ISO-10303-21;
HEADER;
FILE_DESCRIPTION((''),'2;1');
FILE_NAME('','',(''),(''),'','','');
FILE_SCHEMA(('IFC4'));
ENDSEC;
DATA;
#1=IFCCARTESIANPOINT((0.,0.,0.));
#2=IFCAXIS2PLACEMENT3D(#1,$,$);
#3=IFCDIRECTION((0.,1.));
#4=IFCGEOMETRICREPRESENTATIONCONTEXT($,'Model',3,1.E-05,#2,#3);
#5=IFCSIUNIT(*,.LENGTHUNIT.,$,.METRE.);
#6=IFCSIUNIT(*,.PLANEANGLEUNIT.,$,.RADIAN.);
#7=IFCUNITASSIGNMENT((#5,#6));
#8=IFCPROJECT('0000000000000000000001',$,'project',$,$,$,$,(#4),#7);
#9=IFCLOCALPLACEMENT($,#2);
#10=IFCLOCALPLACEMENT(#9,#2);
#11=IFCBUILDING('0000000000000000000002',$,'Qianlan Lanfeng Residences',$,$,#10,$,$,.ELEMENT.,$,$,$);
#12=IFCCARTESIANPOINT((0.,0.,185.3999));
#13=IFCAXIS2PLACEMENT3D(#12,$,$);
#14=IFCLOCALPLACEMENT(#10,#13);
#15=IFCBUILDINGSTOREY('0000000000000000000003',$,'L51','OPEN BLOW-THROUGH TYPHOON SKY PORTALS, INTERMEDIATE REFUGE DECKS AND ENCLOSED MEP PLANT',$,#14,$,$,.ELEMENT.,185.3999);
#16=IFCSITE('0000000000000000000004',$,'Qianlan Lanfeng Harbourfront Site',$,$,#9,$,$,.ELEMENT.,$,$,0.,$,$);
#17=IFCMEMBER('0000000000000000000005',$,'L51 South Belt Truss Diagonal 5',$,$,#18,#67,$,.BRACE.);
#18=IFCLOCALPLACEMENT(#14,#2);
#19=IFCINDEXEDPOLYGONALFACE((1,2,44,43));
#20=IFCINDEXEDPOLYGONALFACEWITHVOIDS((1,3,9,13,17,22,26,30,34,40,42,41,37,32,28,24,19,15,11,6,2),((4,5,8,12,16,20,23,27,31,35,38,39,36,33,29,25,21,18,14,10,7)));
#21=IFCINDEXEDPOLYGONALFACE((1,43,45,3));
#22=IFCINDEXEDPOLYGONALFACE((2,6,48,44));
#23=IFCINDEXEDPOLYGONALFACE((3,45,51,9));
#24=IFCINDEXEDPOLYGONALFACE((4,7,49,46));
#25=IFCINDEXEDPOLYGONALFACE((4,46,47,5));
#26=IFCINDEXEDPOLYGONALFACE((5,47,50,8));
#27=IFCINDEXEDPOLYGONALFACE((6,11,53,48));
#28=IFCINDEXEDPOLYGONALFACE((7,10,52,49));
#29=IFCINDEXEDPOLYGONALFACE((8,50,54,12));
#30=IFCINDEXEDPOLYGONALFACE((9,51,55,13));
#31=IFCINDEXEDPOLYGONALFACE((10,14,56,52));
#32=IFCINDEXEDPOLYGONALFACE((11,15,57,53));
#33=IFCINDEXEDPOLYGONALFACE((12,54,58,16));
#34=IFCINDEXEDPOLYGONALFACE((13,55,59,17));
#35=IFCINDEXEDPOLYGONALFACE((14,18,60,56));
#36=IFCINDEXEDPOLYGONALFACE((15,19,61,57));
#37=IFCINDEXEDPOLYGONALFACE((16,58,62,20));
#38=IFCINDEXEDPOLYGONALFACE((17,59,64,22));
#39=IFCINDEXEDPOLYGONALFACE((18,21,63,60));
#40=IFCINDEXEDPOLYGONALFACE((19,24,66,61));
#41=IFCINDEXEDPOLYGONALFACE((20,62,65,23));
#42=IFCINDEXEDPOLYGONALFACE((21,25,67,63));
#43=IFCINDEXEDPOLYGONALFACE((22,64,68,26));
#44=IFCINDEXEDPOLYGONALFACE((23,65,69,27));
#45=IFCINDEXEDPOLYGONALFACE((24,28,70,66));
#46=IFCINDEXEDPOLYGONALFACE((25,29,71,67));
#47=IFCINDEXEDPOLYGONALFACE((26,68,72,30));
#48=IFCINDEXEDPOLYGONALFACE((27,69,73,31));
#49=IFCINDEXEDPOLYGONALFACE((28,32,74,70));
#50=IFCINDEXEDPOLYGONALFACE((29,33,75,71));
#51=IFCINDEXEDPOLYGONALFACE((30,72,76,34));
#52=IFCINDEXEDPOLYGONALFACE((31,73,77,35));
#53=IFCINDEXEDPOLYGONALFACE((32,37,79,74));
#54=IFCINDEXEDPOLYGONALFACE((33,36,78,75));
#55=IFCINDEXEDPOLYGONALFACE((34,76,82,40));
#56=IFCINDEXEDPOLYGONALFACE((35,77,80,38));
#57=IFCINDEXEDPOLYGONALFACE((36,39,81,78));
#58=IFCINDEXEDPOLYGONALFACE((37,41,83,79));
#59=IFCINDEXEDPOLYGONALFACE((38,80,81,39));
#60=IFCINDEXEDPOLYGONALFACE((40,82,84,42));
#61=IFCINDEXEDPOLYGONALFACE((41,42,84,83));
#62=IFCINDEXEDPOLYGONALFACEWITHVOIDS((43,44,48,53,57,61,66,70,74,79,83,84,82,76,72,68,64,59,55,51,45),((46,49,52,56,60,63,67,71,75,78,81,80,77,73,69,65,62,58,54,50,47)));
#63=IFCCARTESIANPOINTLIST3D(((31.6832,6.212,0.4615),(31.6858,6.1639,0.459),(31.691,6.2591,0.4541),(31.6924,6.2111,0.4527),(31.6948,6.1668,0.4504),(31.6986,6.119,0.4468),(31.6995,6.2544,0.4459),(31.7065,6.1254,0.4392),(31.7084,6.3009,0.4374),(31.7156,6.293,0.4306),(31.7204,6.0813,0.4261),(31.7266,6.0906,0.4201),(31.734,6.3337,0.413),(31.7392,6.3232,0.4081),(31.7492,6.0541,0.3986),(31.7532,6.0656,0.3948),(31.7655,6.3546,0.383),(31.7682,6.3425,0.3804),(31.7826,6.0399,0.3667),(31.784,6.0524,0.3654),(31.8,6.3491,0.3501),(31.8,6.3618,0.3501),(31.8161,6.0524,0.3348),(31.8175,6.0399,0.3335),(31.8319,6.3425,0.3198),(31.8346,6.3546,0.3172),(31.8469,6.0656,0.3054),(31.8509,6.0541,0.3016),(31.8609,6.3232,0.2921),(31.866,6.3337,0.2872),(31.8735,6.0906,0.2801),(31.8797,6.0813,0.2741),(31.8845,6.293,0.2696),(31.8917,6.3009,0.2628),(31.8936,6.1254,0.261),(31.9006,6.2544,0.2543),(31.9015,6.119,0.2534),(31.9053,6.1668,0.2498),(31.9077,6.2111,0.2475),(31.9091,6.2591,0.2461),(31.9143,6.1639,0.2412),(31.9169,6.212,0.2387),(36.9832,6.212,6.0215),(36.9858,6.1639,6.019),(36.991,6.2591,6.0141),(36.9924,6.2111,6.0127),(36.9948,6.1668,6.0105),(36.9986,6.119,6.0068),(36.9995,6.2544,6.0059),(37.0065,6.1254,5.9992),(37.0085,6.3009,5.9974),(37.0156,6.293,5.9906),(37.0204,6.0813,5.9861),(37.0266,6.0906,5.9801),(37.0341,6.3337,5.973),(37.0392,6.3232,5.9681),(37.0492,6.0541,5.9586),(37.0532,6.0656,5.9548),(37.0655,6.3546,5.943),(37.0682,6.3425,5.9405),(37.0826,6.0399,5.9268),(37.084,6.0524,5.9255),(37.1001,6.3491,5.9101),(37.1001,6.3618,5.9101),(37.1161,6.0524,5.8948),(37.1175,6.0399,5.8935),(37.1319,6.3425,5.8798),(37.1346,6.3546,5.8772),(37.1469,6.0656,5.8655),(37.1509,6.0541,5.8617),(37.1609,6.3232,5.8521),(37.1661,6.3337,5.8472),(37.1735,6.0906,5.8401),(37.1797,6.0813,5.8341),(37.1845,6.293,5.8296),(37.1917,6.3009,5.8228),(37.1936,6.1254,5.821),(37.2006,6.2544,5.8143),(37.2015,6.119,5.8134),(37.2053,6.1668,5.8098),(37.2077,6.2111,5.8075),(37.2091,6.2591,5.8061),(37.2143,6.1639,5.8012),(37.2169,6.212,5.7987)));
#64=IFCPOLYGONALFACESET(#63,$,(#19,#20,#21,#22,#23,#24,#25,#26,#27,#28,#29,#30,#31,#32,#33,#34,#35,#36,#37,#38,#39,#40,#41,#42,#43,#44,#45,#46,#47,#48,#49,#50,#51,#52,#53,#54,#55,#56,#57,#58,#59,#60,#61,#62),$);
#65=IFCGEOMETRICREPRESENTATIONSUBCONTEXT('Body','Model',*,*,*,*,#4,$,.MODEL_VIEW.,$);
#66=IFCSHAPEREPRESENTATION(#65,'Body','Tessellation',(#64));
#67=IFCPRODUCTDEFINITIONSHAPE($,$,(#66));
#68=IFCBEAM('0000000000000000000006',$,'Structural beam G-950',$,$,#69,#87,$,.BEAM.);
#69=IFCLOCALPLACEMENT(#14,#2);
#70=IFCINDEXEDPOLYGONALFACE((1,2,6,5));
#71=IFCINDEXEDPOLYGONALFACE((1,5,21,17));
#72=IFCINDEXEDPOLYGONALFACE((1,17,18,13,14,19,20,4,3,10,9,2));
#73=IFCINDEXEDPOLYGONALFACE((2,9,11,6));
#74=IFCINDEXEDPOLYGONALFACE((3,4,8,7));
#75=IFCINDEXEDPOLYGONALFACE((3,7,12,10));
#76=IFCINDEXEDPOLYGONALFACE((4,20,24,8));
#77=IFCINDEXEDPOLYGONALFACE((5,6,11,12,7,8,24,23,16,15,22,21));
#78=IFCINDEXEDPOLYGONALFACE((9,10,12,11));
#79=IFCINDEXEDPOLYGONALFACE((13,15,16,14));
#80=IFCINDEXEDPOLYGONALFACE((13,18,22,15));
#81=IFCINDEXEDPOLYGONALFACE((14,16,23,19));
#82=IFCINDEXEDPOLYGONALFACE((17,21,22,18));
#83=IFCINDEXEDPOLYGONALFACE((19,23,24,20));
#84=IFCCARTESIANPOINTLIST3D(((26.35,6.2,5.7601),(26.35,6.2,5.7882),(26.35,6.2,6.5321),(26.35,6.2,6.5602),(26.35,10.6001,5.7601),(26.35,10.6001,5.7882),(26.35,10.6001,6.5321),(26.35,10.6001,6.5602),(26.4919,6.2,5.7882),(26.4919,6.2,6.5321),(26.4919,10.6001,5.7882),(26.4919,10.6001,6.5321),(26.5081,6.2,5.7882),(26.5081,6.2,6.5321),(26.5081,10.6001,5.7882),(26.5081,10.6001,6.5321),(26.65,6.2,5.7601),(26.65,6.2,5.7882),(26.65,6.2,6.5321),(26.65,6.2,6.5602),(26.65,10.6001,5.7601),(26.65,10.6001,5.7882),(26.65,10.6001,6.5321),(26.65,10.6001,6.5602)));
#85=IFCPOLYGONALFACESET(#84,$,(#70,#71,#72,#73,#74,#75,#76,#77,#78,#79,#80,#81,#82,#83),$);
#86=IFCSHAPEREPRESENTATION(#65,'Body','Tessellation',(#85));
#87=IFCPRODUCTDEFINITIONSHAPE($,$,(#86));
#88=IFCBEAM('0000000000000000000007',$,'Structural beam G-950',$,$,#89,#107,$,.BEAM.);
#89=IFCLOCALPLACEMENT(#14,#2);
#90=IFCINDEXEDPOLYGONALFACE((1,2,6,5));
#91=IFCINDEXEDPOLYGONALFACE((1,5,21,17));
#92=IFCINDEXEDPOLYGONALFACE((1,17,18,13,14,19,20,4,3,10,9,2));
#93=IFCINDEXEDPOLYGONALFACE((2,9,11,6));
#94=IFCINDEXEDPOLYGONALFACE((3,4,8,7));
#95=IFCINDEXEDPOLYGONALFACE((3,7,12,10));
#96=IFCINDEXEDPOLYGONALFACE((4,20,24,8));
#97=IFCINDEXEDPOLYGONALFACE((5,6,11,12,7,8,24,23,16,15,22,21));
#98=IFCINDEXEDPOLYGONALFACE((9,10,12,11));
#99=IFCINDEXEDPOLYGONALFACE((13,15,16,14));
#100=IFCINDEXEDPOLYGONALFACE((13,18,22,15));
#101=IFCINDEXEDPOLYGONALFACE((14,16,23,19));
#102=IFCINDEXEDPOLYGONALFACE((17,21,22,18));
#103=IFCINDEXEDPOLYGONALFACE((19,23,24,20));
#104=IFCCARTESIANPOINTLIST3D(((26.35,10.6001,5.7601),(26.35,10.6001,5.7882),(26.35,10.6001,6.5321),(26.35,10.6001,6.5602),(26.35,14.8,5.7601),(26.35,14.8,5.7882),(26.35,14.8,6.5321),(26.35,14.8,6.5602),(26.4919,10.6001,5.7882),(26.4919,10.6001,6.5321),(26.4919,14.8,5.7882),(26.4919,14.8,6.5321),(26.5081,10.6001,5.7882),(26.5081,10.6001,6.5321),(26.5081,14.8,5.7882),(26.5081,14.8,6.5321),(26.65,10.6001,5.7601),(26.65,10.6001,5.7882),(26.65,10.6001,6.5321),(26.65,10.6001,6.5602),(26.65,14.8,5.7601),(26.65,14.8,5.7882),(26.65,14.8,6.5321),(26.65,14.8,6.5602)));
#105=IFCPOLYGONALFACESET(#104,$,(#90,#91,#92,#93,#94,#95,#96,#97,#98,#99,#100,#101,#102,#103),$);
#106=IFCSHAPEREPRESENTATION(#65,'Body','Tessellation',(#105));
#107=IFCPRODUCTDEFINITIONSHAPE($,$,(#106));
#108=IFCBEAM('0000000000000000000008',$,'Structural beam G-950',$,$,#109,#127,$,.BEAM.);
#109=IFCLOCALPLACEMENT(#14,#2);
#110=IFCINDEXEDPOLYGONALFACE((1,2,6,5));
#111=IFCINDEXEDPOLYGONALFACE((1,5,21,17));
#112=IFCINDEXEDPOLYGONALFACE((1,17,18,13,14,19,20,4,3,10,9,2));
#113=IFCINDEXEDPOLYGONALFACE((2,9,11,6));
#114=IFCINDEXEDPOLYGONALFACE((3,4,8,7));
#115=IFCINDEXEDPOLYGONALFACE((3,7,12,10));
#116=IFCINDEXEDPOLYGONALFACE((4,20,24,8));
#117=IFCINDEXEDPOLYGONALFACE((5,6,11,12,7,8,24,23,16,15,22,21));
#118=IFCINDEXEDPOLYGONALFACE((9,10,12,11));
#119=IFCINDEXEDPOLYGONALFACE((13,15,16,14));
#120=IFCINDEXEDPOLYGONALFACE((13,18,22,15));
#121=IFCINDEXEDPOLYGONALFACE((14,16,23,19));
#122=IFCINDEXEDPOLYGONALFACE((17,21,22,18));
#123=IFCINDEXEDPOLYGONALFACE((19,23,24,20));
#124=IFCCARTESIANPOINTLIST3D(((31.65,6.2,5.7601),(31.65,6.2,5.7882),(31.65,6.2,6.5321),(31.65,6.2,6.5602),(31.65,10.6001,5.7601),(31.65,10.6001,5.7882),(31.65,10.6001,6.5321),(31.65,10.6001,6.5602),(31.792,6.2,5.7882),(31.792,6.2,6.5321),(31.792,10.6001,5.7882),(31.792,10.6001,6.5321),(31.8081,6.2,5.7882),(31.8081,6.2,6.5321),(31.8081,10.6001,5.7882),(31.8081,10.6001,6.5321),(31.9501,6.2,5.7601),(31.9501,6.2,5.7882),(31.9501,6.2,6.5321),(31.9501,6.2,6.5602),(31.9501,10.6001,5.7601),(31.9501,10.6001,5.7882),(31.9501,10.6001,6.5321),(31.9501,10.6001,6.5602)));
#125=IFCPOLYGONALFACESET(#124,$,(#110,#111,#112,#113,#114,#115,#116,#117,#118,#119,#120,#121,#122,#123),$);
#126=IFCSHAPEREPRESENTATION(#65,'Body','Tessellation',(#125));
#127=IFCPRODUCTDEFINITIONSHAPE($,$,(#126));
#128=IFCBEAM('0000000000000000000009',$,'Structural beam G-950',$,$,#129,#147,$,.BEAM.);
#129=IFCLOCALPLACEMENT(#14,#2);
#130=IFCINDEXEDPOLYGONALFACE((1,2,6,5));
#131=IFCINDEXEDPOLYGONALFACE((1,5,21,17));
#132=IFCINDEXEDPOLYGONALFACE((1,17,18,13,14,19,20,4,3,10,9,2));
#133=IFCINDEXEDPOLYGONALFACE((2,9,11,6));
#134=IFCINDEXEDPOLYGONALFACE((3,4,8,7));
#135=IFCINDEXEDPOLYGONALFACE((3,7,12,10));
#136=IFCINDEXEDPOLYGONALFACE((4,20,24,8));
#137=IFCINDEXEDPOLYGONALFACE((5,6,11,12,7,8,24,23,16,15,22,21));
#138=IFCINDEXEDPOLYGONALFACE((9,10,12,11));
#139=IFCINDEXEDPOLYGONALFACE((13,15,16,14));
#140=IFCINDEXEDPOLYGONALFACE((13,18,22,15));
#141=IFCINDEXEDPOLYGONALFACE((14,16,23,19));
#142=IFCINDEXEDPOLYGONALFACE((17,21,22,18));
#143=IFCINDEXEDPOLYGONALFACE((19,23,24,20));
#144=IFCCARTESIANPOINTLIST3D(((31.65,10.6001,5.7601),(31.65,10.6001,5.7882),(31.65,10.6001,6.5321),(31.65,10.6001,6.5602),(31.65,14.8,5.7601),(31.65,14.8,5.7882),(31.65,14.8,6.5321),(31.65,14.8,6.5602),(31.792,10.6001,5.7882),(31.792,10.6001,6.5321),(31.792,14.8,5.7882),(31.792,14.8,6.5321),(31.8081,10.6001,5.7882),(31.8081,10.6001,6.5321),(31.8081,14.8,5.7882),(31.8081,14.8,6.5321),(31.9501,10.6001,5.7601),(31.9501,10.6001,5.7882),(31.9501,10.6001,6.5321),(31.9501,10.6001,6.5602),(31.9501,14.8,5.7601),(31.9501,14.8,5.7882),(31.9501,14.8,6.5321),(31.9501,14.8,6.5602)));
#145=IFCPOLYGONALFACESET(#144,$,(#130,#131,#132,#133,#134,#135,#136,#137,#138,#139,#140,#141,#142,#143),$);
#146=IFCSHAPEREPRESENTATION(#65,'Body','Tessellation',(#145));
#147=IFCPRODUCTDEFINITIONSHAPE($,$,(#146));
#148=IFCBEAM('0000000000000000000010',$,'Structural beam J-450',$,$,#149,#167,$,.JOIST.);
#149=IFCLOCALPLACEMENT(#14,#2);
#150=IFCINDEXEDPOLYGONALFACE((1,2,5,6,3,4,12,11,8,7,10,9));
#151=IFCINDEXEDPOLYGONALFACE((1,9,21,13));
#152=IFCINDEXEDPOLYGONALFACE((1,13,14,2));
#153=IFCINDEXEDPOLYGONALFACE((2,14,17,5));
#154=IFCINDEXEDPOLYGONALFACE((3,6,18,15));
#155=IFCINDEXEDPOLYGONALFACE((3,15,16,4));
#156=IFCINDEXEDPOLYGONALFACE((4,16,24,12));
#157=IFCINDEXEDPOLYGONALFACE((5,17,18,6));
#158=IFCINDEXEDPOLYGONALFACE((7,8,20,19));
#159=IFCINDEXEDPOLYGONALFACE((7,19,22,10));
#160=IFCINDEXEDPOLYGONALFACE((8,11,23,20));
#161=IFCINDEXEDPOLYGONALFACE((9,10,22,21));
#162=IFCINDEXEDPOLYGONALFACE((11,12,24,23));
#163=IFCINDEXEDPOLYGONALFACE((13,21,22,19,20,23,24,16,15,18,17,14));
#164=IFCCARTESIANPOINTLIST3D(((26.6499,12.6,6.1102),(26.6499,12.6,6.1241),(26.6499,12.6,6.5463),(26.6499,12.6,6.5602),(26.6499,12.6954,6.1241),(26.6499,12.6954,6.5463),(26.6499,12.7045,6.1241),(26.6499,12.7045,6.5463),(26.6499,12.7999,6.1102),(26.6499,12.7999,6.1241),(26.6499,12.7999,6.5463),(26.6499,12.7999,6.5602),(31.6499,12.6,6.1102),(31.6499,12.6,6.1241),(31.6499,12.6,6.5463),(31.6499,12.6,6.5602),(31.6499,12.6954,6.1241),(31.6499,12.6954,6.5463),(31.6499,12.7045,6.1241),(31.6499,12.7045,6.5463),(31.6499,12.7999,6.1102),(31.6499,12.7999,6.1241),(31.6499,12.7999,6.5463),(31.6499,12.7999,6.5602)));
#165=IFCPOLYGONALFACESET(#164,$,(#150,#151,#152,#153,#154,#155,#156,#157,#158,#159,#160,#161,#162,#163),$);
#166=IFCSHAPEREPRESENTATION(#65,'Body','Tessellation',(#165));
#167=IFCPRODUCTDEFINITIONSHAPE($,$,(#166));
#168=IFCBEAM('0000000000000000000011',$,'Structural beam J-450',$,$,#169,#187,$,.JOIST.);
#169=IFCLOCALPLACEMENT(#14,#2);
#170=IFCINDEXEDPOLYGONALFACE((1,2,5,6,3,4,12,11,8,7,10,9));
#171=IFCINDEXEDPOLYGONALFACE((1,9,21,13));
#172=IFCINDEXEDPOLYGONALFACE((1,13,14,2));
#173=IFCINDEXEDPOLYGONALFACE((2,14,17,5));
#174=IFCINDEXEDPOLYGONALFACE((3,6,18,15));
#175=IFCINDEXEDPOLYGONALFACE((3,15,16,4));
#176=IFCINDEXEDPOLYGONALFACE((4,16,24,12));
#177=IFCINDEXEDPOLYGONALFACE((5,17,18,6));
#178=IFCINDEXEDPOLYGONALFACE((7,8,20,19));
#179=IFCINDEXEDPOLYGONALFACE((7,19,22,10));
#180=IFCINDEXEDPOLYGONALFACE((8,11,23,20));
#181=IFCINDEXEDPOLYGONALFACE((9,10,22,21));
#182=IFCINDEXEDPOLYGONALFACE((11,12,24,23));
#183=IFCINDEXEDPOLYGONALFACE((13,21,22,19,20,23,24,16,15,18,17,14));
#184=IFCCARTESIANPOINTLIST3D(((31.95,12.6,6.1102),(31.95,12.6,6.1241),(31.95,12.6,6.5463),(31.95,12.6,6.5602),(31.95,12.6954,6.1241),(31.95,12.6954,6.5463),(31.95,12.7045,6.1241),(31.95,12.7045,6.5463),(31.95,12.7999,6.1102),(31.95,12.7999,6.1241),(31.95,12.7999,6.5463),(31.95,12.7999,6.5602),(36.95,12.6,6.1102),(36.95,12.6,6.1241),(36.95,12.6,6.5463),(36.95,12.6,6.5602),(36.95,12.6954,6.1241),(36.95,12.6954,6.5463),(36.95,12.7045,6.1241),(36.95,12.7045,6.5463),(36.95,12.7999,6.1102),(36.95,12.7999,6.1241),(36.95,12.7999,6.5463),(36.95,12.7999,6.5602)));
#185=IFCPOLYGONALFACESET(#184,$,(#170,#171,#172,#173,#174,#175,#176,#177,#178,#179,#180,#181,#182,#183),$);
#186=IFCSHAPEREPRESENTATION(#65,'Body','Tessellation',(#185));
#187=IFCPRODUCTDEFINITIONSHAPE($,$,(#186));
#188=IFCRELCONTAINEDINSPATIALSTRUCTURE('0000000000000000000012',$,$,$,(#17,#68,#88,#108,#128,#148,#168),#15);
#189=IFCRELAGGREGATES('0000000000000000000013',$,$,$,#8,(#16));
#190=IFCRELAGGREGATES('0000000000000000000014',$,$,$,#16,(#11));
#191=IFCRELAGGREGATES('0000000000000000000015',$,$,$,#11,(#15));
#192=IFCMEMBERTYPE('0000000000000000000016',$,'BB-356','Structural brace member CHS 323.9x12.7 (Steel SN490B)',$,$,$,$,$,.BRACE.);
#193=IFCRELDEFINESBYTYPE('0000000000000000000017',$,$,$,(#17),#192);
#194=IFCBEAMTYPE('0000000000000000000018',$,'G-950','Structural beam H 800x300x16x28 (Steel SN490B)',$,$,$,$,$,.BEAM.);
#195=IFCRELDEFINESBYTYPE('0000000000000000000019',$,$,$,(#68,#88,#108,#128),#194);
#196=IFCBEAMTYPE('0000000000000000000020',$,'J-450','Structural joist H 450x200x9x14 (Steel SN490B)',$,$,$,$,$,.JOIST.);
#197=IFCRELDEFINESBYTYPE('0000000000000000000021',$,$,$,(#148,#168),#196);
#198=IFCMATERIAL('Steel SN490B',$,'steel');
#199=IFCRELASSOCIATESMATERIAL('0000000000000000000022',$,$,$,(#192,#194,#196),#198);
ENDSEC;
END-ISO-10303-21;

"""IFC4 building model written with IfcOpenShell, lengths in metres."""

from ifc_helpers import new_model, si_unit, direction, frame, origin, origin_2d, place, context, subcontext, project, spatial, hollow_circle, i_section, extrude, material, material_profile, profile_set, type_object, element, save


model = new_model("IFC4")

# Units and contexts
model_context = context("Model", 3, precision=1e-05, world=origin(), true_north=direction((0.0, 1.0)))
body_context = subcontext(model_context, "Body", "Model", "MODEL_VIEW")
ifc_project = project(units=[si_unit("LENGTHUNIT", "METRE"), si_unit("PLANEANGLEUNIT", "RADIAN")], contexts=[model_context])

# Site, building, storey
site_placement = place(None, origin())
site = spatial("IfcSite", under=ifc_project, at=site_placement, Name="Qianlan Lanfeng Harbourfront Site", CompositionType="ELEMENT", RefElevation=0.0)
building_placement = place(site_placement, origin())
building = spatial("IfcBuilding", under=site, at=building_placement, Name="Qianlan Lanfeng Residences", CompositionType="ELEMENT")
storey_placement = place(building_placement, frame((0.0, 0.0, 185.3999)))
storey = spatial("IfcBuildingStorey", under=building, at=storey_placement, Name="L51", Description="OPEN BLOW-THROUGH TYPHOON SKY PORTALS, INTERMEDIATE REFUGE DECKS AND ENCLOSED MEP PLANT", CompositionType="ELEMENT", Elevation=185.3999)

# Shared definitions
ifc_material_1 = material(Name="Steel SN490B", Category="steel")

# Member
ifc_material_profile_1 = material_profile(ifc_material_1, hollow_circle(Radius=0.1619, WallThickness=0.0127, at=origin_2d()), Name="CHS 323.9x12.7")
ifc_profile_set_1 = profile_set([ifc_material_profile_1], Name="Steel SN490B")
member_type_1 = type_object("IfcMemberType", Name="BB-356", Description="Structural brace member CHS 323.9x12.7 (Steel SN490B)", PredefinedType="BRACE", material=ifc_profile_set_1)
for number, where, z_axis, x_axis, name in (
    (1, (31.8, 6.2, 0.3501), (0.68998, 0.0, 0.723829), (0.0, 1.0, 0.0), "L51 South Belt Truss Diagonal 5"),
):
    element("IfcMember", number, at=place(storey_placement, frame(where, z_axis=z_axis, x_axis=x_axis)), inside=storey, type_object=member_type_1, Name=name, PredefinedType="BRACE", context=body_context, shape_type="SweptSolid", body=[
        extrude(hollow_circle(Radius=0.1619, WallThickness=0.0127, at=origin_2d()), origin(), (0.0, 0.0, 1.0), 7.6814),
    ])

# Beams
ifc_material_profile_2 = material_profile(ifc_material_1, i_section(OverallWidth=0.3, OverallDepth=0.8, WebThickness=0.0161, FlangeThickness=0.0281, at=origin_2d()), Name="H 800x300x16x28")
ifc_profile_set_2 = profile_set([ifc_material_profile_2], Name="Steel SN490B")
beam_type_1 = type_object("IfcBeamType", Name="G-950", Description="Structural beam H 800x300x16x28 (Steel SN490B)", PredefinedType="BEAM", material=ifc_profile_set_2)
beam_1_placement = place(storey_placement, frame((26.5, 6.2, 6.1602), z_axis=(0.0, 1.0, 0.0), x_axis=(-1.0, 0.0, 0.0)))
element("IfcBeam", 2, at=beam_1_placement, inside=storey, type_object=beam_type_1, Name="Structural beam G-950", PredefinedType="BEAM", context=body_context, shape_type="SweptSolid", body=[
    extrude(i_section(OverallWidth=0.3, OverallDepth=0.8, WebThickness=0.0161, FlangeThickness=0.0281, at=origin_2d()), origin(), (0.0, 0.0, 1.0), 4.4001),
])
beam_2_placement = place(storey_placement, frame((26.5, 10.6001, 6.1602), z_axis=(0.0, 1.0, 0.0), x_axis=(-1.0, 0.0, 0.0)))
element("IfcBeam", 3, at=beam_2_placement, inside=storey, type_object=beam_type_1, Name="Structural beam G-950", PredefinedType="BEAM", context=body_context, shape_type="SweptSolid", body=[
    extrude(i_section(OverallWidth=0.3, OverallDepth=0.8, WebThickness=0.0161, FlangeThickness=0.0281, at=origin_2d()), origin(), (0.0, 0.0, 1.0), 4.2),
])
beam_3_placement = place(storey_placement, frame((31.8, 6.2, 6.1602), z_axis=(0.0, 1.0, 0.0), x_axis=(-1.0, 0.0, 0.0)))
element("IfcBeam", 4, at=beam_3_placement, inside=storey, type_object=beam_type_1, Name="Structural beam G-950", PredefinedType="BEAM", context=body_context, shape_type="SweptSolid", body=[
    extrude(i_section(OverallWidth=0.3, OverallDepth=0.8, WebThickness=0.0161, FlangeThickness=0.0281, at=origin_2d()), origin(), (0.0, 0.0, 1.0), 4.4001),
])
beam_4_placement = place(storey_placement, frame((31.8, 10.6001, 6.1602), z_axis=(0.0, 1.0, 0.0), x_axis=(-1.0, 0.0, 0.0)))
element("IfcBeam", 5, at=beam_4_placement, inside=storey, type_object=beam_type_1, Name="Structural beam G-950", PredefinedType="BEAM", context=body_context, shape_type="SweptSolid", body=[
    extrude(i_section(OverallWidth=0.3, OverallDepth=0.8, WebThickness=0.0161, FlangeThickness=0.0281, at=origin_2d()), origin(), (0.0, 0.0, 1.0), 4.2),
])
ifc_material_profile_3 = material_profile(ifc_material_1, i_section(OverallWidth=0.2, OverallDepth=0.45, WebThickness=0.009, FlangeThickness=0.0139, at=origin_2d()), Name="H 450x200x9x14")
ifc_profile_set_3 = profile_set([ifc_material_profile_3], Name="Steel SN490B")
beam_type_2 = type_object("IfcBeamType", Name="J-450", Description="Structural joist H 450x200x9x14 (Steel SN490B)", PredefinedType="JOIST", material=ifc_profile_set_3)
for number, where, z_axis, x_axis, name in (
    (6, (26.6499, 12.7, 6.3352), (1.0, 0.0, 0.0), (0.0, 1.0, 0.0), "Structural beam J-450"),
    (7, (31.95, 12.7, 6.3352), (1.0, 0.0, 0.0), (0.0, 1.0, 0.0), "Structural beam J-450"),
):
    element("IfcBeam", number, at=place(storey_placement, frame(where, z_axis=z_axis, x_axis=x_axis)), inside=storey, type_object=beam_type_2, Name=name, PredefinedType="JOIST", context=body_context, shape_type="SweptSolid", body=[
        extrude(i_section(OverallWidth=0.2, OverallDepth=0.45, WebThickness=0.009, FlangeThickness=0.0139, at=origin_2d()), origin(), (0.0, 0.0, 1.0), 5.0),
    ])

save(model, "model.ifc")
